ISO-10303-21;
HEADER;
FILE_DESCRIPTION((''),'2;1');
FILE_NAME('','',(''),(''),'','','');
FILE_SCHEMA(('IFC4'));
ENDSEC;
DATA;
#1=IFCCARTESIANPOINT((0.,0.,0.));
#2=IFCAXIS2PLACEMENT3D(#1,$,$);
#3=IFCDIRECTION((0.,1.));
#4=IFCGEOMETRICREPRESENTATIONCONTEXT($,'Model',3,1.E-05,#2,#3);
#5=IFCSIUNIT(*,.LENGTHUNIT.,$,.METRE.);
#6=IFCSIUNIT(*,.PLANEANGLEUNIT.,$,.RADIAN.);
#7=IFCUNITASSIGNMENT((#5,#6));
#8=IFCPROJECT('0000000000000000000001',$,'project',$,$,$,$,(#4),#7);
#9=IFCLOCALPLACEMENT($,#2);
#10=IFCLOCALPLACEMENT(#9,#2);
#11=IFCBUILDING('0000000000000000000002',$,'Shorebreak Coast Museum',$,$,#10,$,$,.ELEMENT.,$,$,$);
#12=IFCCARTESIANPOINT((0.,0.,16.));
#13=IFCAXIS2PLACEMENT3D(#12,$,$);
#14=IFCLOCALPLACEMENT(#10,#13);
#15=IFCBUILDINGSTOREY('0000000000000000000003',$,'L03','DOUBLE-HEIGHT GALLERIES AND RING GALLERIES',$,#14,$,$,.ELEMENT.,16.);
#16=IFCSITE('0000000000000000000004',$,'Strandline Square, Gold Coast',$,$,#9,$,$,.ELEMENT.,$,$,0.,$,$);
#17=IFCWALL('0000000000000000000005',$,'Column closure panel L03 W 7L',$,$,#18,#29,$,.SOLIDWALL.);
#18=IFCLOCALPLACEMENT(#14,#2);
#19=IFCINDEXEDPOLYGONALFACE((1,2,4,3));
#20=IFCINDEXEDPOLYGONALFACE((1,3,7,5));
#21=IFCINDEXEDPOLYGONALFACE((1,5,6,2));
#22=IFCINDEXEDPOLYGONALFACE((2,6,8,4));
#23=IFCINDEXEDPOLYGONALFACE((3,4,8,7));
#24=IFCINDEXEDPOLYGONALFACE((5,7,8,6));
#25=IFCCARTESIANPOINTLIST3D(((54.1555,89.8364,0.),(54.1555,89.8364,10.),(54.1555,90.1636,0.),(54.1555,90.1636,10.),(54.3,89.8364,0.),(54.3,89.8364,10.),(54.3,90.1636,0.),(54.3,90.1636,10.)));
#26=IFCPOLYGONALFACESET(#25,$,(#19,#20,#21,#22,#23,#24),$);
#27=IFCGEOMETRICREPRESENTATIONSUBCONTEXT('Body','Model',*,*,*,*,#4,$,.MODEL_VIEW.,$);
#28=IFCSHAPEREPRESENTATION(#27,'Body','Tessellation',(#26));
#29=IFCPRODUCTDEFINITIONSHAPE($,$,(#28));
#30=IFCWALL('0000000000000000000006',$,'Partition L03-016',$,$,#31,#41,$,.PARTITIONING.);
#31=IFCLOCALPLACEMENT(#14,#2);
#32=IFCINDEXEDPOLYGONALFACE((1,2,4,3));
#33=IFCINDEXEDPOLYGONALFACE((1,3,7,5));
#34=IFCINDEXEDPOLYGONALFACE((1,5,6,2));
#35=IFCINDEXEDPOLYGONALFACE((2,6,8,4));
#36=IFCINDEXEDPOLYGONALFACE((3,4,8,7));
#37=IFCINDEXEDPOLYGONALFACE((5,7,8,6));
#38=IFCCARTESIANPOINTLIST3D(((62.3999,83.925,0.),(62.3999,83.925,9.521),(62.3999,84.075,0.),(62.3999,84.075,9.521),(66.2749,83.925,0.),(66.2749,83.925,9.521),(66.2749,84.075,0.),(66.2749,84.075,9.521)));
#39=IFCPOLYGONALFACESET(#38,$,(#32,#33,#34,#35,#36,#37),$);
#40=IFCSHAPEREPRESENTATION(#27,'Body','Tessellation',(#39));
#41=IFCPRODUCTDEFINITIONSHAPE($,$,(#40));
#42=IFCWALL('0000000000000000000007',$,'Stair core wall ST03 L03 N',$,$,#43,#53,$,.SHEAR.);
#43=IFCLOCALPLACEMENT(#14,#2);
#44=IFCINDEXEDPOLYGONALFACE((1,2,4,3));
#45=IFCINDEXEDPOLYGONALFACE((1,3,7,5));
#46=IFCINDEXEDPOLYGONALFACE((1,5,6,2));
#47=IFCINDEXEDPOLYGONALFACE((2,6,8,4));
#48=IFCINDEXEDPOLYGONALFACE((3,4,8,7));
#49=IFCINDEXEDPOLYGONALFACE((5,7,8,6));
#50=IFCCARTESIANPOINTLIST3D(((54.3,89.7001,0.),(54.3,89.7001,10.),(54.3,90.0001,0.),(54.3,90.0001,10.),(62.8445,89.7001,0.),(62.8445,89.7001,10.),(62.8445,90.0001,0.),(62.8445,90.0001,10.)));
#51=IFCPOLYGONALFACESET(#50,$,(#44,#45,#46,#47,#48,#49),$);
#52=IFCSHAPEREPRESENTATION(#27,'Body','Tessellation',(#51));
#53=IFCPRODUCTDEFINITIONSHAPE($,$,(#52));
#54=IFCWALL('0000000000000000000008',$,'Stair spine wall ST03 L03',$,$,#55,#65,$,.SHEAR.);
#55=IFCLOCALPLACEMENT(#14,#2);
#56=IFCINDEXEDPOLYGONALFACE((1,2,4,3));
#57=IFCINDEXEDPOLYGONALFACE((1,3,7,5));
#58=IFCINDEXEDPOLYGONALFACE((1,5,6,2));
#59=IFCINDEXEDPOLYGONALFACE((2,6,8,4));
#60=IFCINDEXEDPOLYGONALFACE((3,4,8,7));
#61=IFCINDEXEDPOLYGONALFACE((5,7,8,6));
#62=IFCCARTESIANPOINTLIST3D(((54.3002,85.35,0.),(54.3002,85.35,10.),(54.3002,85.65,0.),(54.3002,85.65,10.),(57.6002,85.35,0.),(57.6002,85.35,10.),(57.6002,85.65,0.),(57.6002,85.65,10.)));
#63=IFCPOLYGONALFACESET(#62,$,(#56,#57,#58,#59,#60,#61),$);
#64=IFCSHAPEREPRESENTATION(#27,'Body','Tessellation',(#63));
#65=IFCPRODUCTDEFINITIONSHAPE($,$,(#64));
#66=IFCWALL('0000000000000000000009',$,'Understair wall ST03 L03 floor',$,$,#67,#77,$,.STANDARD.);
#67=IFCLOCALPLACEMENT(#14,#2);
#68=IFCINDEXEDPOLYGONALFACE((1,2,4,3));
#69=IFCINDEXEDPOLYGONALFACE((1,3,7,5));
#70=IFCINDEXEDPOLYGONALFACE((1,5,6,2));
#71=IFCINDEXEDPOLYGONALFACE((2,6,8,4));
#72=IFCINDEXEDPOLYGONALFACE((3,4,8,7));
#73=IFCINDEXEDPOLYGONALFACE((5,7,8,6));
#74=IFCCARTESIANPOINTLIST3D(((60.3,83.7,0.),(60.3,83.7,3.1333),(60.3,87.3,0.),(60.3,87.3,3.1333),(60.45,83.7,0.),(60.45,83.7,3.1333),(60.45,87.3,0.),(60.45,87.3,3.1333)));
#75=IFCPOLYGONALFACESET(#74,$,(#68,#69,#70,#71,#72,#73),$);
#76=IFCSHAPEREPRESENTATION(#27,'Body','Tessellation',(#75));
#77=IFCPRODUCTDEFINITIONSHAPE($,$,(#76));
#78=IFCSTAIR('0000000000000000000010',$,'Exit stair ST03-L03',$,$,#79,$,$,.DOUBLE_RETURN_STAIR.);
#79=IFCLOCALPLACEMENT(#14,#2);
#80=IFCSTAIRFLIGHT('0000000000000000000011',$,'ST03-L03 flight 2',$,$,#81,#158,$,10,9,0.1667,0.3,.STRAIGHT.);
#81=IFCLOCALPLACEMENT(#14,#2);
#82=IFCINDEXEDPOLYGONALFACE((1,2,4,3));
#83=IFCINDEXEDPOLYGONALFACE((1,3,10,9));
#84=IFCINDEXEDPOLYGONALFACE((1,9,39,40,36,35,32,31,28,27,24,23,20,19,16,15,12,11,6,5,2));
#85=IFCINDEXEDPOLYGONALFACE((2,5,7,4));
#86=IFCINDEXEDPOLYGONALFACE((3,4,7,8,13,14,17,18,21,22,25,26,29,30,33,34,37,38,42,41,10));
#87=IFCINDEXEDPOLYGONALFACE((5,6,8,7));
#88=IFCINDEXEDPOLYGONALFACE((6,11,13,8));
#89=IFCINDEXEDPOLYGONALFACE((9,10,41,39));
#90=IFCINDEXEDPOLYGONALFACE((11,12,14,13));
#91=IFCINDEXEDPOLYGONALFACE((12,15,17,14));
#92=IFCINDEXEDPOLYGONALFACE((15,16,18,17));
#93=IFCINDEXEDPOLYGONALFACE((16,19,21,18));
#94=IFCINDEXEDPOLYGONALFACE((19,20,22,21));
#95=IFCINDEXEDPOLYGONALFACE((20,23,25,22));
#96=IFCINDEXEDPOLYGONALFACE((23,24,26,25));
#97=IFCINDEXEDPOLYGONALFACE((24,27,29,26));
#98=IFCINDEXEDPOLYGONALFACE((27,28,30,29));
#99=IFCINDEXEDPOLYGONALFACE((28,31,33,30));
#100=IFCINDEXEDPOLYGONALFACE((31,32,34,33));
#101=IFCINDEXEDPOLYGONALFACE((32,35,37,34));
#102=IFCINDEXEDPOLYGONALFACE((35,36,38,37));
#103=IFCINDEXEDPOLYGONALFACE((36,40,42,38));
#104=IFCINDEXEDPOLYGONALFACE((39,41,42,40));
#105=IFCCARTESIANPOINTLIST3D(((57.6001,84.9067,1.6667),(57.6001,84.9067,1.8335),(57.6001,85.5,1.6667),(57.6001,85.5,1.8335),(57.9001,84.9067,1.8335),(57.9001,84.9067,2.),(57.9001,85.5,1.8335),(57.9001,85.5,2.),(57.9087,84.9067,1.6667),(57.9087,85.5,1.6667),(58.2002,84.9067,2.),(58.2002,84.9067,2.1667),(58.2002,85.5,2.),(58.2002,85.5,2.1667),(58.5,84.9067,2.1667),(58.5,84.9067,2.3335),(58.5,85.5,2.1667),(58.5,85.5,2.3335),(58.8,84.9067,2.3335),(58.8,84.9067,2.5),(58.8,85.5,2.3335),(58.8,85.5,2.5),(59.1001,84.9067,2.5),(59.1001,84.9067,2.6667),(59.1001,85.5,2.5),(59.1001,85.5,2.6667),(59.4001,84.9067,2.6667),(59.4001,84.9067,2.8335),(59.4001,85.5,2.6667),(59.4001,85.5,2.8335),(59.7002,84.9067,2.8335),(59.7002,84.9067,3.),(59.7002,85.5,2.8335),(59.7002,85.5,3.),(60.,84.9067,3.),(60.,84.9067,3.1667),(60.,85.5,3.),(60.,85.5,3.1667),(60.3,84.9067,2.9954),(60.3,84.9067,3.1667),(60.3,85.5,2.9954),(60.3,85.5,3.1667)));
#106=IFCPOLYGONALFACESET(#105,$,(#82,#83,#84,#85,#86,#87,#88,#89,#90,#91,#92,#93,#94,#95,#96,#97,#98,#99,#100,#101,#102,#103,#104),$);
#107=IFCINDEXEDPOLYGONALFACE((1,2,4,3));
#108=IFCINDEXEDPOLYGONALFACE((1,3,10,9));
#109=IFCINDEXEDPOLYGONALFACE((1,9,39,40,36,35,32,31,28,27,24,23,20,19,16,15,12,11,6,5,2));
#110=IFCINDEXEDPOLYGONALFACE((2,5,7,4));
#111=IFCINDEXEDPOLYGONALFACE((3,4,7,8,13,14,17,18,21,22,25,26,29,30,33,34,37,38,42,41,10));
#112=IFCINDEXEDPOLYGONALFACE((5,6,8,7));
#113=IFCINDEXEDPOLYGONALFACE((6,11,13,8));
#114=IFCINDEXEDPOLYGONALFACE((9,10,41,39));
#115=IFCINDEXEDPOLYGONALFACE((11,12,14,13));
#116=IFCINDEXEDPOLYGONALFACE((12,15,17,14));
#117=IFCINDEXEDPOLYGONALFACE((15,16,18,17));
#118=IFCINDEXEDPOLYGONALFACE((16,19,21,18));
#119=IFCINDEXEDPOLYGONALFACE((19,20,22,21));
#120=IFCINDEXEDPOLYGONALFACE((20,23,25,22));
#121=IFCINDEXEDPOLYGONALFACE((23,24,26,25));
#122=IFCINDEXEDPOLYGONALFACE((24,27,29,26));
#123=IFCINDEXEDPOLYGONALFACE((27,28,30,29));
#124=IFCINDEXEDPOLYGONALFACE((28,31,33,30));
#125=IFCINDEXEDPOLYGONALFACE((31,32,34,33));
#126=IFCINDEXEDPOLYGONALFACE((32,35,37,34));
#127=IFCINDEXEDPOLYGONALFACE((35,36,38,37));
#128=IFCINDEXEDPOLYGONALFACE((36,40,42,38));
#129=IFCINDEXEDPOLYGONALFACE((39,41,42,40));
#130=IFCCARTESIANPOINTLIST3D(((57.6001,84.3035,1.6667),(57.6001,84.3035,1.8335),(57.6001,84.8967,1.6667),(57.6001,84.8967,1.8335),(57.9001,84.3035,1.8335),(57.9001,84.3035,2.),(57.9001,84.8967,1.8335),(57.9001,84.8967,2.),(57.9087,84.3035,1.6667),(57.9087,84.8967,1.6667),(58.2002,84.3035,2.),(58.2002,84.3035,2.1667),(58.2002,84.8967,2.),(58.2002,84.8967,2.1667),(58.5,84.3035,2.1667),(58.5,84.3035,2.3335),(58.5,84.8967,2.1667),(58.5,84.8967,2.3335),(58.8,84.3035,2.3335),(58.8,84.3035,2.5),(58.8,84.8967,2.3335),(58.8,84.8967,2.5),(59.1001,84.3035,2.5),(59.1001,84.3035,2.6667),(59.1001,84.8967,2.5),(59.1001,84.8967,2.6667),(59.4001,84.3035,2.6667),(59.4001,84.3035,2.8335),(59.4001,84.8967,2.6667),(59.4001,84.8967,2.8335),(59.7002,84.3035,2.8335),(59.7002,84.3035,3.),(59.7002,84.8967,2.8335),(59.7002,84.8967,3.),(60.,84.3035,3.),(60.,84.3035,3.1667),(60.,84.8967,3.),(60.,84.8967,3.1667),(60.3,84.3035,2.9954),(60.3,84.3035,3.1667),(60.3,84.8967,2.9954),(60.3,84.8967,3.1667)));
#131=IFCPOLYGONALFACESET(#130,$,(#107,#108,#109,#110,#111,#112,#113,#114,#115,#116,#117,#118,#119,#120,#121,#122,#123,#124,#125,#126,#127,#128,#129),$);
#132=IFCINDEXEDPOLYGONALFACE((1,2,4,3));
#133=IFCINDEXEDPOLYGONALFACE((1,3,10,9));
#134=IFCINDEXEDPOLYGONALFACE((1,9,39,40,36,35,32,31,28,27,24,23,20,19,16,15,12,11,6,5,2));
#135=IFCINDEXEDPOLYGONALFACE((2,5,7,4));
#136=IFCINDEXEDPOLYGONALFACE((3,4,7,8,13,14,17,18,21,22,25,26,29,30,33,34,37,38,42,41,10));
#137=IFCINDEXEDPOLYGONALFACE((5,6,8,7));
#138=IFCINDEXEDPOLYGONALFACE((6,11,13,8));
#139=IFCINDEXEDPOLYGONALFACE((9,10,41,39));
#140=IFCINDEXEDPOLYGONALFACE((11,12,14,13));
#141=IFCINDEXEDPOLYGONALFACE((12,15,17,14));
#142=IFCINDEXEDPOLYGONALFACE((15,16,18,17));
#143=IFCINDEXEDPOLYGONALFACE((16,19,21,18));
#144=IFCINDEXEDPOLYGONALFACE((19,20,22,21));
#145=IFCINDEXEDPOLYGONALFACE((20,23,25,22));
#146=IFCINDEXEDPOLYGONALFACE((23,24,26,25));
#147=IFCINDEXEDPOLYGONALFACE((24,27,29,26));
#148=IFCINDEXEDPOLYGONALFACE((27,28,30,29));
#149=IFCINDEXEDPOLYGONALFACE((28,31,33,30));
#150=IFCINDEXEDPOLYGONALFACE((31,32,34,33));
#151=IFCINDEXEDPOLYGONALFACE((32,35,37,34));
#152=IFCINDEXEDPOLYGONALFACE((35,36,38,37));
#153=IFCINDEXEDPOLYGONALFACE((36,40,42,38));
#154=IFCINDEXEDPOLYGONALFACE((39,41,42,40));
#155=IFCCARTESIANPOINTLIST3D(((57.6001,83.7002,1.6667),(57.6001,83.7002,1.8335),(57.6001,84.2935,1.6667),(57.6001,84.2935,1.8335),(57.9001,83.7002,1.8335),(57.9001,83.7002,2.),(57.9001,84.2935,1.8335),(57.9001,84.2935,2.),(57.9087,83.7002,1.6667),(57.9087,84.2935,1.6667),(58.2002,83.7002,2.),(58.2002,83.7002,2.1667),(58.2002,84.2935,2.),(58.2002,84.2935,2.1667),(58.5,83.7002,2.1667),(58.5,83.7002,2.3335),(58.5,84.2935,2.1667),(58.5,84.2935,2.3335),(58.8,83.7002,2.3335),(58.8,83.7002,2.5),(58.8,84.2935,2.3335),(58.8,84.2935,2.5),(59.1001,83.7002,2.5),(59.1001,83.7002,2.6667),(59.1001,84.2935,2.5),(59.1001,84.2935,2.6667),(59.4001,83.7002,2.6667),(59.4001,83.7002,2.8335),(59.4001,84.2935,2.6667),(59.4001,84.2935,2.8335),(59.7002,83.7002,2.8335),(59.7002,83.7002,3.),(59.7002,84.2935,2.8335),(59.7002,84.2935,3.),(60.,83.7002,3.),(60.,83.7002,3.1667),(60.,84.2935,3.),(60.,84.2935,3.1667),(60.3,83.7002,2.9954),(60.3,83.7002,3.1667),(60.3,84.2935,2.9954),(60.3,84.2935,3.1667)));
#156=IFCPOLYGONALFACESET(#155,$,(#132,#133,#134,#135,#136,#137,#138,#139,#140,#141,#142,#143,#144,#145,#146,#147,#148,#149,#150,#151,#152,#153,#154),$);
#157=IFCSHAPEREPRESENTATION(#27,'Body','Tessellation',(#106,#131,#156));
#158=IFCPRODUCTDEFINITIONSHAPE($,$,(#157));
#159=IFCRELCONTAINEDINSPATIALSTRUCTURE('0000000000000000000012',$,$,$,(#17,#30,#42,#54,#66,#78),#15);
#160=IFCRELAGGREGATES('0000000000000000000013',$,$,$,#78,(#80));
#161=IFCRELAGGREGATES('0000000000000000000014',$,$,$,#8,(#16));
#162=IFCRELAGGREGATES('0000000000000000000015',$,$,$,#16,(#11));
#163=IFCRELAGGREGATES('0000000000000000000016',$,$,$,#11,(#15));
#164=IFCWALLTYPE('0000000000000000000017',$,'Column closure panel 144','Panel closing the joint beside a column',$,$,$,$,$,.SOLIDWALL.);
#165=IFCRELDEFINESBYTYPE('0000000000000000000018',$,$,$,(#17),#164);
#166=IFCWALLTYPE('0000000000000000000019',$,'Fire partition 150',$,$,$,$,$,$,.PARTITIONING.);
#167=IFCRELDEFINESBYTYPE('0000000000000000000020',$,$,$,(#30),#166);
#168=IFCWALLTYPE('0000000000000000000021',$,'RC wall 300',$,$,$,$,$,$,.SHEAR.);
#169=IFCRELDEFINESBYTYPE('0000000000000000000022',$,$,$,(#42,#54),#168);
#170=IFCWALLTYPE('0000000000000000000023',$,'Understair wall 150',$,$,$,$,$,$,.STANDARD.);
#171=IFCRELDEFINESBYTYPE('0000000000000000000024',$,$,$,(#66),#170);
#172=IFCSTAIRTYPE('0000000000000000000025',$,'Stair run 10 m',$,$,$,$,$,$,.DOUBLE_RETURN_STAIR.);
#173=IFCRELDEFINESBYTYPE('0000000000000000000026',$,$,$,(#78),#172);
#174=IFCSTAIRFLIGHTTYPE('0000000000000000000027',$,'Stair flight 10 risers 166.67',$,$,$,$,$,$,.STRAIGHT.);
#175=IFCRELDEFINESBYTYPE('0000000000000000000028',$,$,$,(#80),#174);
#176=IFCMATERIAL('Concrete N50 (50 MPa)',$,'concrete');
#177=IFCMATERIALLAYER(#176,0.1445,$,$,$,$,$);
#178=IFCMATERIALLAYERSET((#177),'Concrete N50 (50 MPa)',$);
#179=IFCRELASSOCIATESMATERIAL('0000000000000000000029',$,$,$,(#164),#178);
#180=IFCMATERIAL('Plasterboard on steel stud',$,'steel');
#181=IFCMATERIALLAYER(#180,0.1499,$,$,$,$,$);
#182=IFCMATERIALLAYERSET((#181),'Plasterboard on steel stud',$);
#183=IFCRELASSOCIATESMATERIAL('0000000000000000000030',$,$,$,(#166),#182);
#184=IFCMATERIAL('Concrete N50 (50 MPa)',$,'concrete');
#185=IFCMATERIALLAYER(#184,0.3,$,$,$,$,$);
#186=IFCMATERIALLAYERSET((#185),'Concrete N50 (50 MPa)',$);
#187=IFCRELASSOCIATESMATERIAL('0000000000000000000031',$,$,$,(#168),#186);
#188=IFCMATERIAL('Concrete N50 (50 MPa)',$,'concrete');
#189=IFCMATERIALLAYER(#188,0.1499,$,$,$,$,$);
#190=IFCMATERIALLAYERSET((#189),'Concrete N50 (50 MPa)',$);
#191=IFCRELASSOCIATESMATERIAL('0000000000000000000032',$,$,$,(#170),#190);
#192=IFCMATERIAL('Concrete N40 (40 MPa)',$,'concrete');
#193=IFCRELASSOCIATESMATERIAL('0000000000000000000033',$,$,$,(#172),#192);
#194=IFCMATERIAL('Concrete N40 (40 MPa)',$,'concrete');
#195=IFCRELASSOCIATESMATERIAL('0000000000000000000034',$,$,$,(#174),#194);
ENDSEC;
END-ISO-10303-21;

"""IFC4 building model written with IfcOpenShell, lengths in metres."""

from ifc_helpers import new_model, si_unit, direction, frame, frame_2d, origin, place, context, subcontext, project, spatial, polyline, rectangle, outline, extrude, material, layer, layer_set, type_object, element, aggregate, save


model = new_model("IFC4")

# Units and contexts
model_context = context("Model", 3, precision=1e-05, world=origin(), true_north=direction((0.0, 1.0)))
body_context = subcontext(model_context, "Body", "Model", "MODEL_VIEW")
ifc_project = project(units=[si_unit("LENGTHUNIT", "METRE"), si_unit("PLANEANGLEUNIT", "RADIAN")], contexts=[model_context])

# Site, building, storey
site_placement = place(None, origin())
site = spatial("IfcSite", under=ifc_project, at=site_placement, Name="Strandline Square, Gold Coast", CompositionType="ELEMENT", RefElevation=0.0)
building_placement = place(site_placement, origin())
building = spatial("IfcBuilding", under=site, at=building_placement, Name="Shorebreak Coast Museum", CompositionType="ELEMENT")
storey_placement = place(building_placement, frame((0.0, 0.0, 16.0)))
storey = spatial("IfcBuildingStorey", under=building, at=storey_placement, Name="L03", Description="DOUBLE-HEIGHT GALLERIES AND RING GALLERIES", CompositionType="ELEMENT", Elevation=16.0)

# Walls
ifc_material_1 = material(Name="Concrete N50 (50 MPa)", Category="concrete")
ifc_layer_1 = layer(ifc_material_1, 0.1445)
ifc_layer_set_1 = layer_set([ifc_layer_1], Name="Concrete N50 (50 MPa)")
wall_type_1 = type_object("IfcWallType", Name="Column closure panel 144", Description="Panel closing the joint beside a column", PredefinedType="SOLIDWALL", material=ifc_layer_set_1)
wall_1_placement = place(storey_placement, frame((54.2278, 89.8364, 0.0), z_axis=(0.0, 0.0, 1.0), x_axis=(0.0, 1.0, 0.0)))
element("IfcWall", 1, at=wall_1_placement, inside=storey, type_object=wall_type_1, Name="Column closure panel L03 W 7L", PredefinedType="SOLIDWALL", context=body_context, shape_type="SweptSolid", body=[
    extrude(rectangle(XDim=0.3271, YDim=0.1445, at=frame_2d((0.1636, 0.0))), origin(), (0.0, 0.0, 1.0), 10.0),
])
ifc_material_2 = material(Name="Plasterboard on steel stud", Category="steel")
ifc_layer_2 = layer(ifc_material_2, 0.1499)
ifc_layer_set_2 = layer_set([ifc_layer_2], Name="Plasterboard on steel stud")
wall_type_2 = type_object("IfcWallType", Name="Fire partition 150", PredefinedType="PARTITIONING", material=ifc_layer_set_2)
wall_2_placement = place(storey_placement, frame((62.3999, 84.0, 0.0), z_axis=(0.0, 0.0, 1.0), x_axis=(1.0, 0.0, 0.0)))
element("IfcWall", 2, at=wall_2_placement, inside=storey, type_object=wall_type_2, Name="Partition L03-016", PredefinedType="PARTITIONING", context=body_context, shape_type="SweptSolid", body=[
    extrude(rectangle(XDim=3.875, YDim=0.1499, at=frame_2d((1.9375, 0.0))), origin(), (0.0, 0.0, 1.0), 9.521),
])
ifc_material_3 = material(Name="Concrete N50 (50 MPa)", Category="concrete")
ifc_layer_3 = layer(ifc_material_3, 0.3)
ifc_layer_set_3 = layer_set([ifc_layer_3], Name="Concrete N50 (50 MPa)")
wall_type_3 = type_object("IfcWallType", Name="RC wall 300", PredefinedType="SHEAR", material=ifc_layer_set_3)
wall_3_placement = place(storey_placement, frame((54.3, 89.8501, 0.0), z_axis=(0.0, 0.0, 1.0), x_axis=(1.0, 0.0, 0.0)))
element("IfcWall", 3, at=wall_3_placement, inside=storey, type_object=wall_type_3, Name="Stair core wall ST03 L03 N", PredefinedType="SHEAR", context=body_context, shape_type="SweptSolid", body=[
    extrude(rectangle(XDim=8.5444, YDim=0.3, at=frame_2d((4.2722, 0.0))), origin(), (0.0, 0.0, 1.0), 10.0),
])
wall_4_placement = place(storey_placement, frame((57.6001, 85.5, 0.0), z_axis=(0.0, 0.0, 1.0), x_axis=(-1.0, 0.0, 0.0)))
element("IfcWall", 4, at=wall_4_placement, inside=storey, type_object=wall_type_3, Name="Stair spine wall ST03 L03", PredefinedType="SHEAR", context=body_context, shape_type="SweptSolid", body=[
    extrude(rectangle(XDim=3.3, YDim=0.3, at=frame_2d((1.6499, 0.0))), origin(), (0.0, 0.0, 1.0), 10.0),
])
ifc_material_4 = material(Name="Concrete N50 (50 MPa)", Category="concrete")
ifc_layer_4 = layer(ifc_material_4, 0.1499)
ifc_layer_set_4 = layer_set([ifc_layer_4], Name="Concrete N50 (50 MPa)")
wall_type_4 = type_object("IfcWallType", Name="Understair wall 150", PredefinedType="STANDARD", material=ifc_layer_set_4)
wall_5_placement = place(storey_placement, frame((60.375, 83.7, 0.0), z_axis=(0.0, 0.0, 1.0), x_axis=(0.0, 1.0, 0.0)))
element("IfcWall", 5, at=wall_5_placement, inside=storey, type_object=wall_type_4, Name="Understair wall ST03 L03 floor", PredefinedType="STANDARD", context=body_context, shape_type="SweptSolid", body=[
    extrude(rectangle(XDim=3.6001, YDim=0.1499, at=frame_2d((1.8, 0.0))), origin(), (0.0, 0.0, 1.0), 3.1333),
])

# Stair, stair flight
ifc_material_5 = material(Name="Concrete N40 (40 MPa)", Category="concrete")
stair_type = type_object("IfcStairType", Name="Stair run 10 m", PredefinedType="DOUBLE_RETURN_STAIR", material=ifc_material_5)
stair_placement = place(storey_placement, origin())
stair = element("IfcStair", 6, at=stair_placement, inside=storey, type_object=stair_type, Name="Exit stair ST03-L03", PredefinedType="DOUBLE_RETURN_STAIR")
ifc_material_6 = material(Name="Concrete N40 (40 MPa)", Category="concrete")
stair_flight_type = type_object("IfcStairFlightType", Name="Stair flight 10 risers 166.67", PredefinedType="STRAIGHT", material=ifc_material_6)
stair_flight_1_placement = place(storey_placement, frame((57.6001, 84.6001, 1.6667), z_axis=(0.0, 0.0, 1.0), x_axis=(1.0, 0.0, 0.0)))
stair_flight_1 = element("IfcStairFlight", 7, at=stair_flight_1_placement, type_object=stair_flight_type, Name="ST03-L03 flight 2", NumberOfRisers=10, NumberOfTreads=9, PredefinedType="STRAIGHT", RiserHeight=0.1667, TreadLength=0.3, context=body_context, shape_type="SweptSolid", body=[
    extrude(outline(polyline([(0.0, 0.0), (0.0, 0.1667), (0.3, 0.1667), (0.3, 0.3333), (0.6001, 0.3333), (0.6001, 0.5), (0.8999, 0.5), (0.8999, 0.6667), (1.2, 0.6667), (1.2, 0.8333), (1.5, 0.8333), (1.5, 1.0), (1.8, 1.0), (1.8, 1.1667), (2.1001, 1.1667), (2.1001, 1.3333), (2.3999, 1.3333), (2.3999, 1.5), (2.7, 1.5), (2.7, 1.6667), (2.7, 1.3286), (0.3086, 0.0), (0.0, 0.0)])), frame((0.0, 0.8999, 0.0), z_axis=(0.0, -1.0, 0.0), x_axis=(1.0, 0.0, 0.0)), (0.0, 0.0, 1.0), 0.5933),
    extrude(outline(polyline([(0.0, 0.0), (0.0, 0.1667), (0.3, 0.1667), (0.3, 0.3333), (0.6001, 0.3333), (0.6001, 0.5), (0.8999, 0.5), (0.8999, 0.6667), (1.2, 0.6667), (1.2, 0.8333), (1.5, 0.8333), (1.5, 1.0), (1.8, 1.0), (1.8, 1.1667), (2.1001, 1.1667), (2.1001, 1.3333), (2.3999, 1.3333), (2.3999, 1.5), (2.7, 1.5), (2.7, 1.6667), (2.7, 1.3286), (0.3086, 0.0), (0.0, 0.0)])), frame((0.0, 0.2966, 0.0), z_axis=(0.0, -1.0, 0.0), x_axis=(1.0, 0.0, 0.0)), (0.0, 0.0, 1.0), 0.5933),
    extrude(outline(polyline([(0.0, 0.0), (0.0, 0.1667), (0.3, 0.1667), (0.3, 0.3333), (0.6001, 0.3333), (0.6001, 0.5), (0.8999, 0.5), (0.8999, 0.6667), (1.2, 0.6667), (1.2, 0.8333), (1.5, 0.8333), (1.5, 1.0), (1.8, 1.0), (1.8, 1.1667), (2.1001, 1.1667), (2.1001, 1.3333), (2.3999, 1.3333), (2.3999, 1.5), (2.7, 1.5), (2.7, 1.6667), (2.7, 1.3286), (0.3086, 0.0), (0.0, 0.0)])), frame((0.0, -0.3066, 0.0), z_axis=(0.0, -1.0, 0.0), x_axis=(1.0, 0.0, 0.0)), (0.0, 0.0, 1.0), 0.5933),
])
aggregate(stair, [stair_flight_1])

save(model, "model.ifc")
